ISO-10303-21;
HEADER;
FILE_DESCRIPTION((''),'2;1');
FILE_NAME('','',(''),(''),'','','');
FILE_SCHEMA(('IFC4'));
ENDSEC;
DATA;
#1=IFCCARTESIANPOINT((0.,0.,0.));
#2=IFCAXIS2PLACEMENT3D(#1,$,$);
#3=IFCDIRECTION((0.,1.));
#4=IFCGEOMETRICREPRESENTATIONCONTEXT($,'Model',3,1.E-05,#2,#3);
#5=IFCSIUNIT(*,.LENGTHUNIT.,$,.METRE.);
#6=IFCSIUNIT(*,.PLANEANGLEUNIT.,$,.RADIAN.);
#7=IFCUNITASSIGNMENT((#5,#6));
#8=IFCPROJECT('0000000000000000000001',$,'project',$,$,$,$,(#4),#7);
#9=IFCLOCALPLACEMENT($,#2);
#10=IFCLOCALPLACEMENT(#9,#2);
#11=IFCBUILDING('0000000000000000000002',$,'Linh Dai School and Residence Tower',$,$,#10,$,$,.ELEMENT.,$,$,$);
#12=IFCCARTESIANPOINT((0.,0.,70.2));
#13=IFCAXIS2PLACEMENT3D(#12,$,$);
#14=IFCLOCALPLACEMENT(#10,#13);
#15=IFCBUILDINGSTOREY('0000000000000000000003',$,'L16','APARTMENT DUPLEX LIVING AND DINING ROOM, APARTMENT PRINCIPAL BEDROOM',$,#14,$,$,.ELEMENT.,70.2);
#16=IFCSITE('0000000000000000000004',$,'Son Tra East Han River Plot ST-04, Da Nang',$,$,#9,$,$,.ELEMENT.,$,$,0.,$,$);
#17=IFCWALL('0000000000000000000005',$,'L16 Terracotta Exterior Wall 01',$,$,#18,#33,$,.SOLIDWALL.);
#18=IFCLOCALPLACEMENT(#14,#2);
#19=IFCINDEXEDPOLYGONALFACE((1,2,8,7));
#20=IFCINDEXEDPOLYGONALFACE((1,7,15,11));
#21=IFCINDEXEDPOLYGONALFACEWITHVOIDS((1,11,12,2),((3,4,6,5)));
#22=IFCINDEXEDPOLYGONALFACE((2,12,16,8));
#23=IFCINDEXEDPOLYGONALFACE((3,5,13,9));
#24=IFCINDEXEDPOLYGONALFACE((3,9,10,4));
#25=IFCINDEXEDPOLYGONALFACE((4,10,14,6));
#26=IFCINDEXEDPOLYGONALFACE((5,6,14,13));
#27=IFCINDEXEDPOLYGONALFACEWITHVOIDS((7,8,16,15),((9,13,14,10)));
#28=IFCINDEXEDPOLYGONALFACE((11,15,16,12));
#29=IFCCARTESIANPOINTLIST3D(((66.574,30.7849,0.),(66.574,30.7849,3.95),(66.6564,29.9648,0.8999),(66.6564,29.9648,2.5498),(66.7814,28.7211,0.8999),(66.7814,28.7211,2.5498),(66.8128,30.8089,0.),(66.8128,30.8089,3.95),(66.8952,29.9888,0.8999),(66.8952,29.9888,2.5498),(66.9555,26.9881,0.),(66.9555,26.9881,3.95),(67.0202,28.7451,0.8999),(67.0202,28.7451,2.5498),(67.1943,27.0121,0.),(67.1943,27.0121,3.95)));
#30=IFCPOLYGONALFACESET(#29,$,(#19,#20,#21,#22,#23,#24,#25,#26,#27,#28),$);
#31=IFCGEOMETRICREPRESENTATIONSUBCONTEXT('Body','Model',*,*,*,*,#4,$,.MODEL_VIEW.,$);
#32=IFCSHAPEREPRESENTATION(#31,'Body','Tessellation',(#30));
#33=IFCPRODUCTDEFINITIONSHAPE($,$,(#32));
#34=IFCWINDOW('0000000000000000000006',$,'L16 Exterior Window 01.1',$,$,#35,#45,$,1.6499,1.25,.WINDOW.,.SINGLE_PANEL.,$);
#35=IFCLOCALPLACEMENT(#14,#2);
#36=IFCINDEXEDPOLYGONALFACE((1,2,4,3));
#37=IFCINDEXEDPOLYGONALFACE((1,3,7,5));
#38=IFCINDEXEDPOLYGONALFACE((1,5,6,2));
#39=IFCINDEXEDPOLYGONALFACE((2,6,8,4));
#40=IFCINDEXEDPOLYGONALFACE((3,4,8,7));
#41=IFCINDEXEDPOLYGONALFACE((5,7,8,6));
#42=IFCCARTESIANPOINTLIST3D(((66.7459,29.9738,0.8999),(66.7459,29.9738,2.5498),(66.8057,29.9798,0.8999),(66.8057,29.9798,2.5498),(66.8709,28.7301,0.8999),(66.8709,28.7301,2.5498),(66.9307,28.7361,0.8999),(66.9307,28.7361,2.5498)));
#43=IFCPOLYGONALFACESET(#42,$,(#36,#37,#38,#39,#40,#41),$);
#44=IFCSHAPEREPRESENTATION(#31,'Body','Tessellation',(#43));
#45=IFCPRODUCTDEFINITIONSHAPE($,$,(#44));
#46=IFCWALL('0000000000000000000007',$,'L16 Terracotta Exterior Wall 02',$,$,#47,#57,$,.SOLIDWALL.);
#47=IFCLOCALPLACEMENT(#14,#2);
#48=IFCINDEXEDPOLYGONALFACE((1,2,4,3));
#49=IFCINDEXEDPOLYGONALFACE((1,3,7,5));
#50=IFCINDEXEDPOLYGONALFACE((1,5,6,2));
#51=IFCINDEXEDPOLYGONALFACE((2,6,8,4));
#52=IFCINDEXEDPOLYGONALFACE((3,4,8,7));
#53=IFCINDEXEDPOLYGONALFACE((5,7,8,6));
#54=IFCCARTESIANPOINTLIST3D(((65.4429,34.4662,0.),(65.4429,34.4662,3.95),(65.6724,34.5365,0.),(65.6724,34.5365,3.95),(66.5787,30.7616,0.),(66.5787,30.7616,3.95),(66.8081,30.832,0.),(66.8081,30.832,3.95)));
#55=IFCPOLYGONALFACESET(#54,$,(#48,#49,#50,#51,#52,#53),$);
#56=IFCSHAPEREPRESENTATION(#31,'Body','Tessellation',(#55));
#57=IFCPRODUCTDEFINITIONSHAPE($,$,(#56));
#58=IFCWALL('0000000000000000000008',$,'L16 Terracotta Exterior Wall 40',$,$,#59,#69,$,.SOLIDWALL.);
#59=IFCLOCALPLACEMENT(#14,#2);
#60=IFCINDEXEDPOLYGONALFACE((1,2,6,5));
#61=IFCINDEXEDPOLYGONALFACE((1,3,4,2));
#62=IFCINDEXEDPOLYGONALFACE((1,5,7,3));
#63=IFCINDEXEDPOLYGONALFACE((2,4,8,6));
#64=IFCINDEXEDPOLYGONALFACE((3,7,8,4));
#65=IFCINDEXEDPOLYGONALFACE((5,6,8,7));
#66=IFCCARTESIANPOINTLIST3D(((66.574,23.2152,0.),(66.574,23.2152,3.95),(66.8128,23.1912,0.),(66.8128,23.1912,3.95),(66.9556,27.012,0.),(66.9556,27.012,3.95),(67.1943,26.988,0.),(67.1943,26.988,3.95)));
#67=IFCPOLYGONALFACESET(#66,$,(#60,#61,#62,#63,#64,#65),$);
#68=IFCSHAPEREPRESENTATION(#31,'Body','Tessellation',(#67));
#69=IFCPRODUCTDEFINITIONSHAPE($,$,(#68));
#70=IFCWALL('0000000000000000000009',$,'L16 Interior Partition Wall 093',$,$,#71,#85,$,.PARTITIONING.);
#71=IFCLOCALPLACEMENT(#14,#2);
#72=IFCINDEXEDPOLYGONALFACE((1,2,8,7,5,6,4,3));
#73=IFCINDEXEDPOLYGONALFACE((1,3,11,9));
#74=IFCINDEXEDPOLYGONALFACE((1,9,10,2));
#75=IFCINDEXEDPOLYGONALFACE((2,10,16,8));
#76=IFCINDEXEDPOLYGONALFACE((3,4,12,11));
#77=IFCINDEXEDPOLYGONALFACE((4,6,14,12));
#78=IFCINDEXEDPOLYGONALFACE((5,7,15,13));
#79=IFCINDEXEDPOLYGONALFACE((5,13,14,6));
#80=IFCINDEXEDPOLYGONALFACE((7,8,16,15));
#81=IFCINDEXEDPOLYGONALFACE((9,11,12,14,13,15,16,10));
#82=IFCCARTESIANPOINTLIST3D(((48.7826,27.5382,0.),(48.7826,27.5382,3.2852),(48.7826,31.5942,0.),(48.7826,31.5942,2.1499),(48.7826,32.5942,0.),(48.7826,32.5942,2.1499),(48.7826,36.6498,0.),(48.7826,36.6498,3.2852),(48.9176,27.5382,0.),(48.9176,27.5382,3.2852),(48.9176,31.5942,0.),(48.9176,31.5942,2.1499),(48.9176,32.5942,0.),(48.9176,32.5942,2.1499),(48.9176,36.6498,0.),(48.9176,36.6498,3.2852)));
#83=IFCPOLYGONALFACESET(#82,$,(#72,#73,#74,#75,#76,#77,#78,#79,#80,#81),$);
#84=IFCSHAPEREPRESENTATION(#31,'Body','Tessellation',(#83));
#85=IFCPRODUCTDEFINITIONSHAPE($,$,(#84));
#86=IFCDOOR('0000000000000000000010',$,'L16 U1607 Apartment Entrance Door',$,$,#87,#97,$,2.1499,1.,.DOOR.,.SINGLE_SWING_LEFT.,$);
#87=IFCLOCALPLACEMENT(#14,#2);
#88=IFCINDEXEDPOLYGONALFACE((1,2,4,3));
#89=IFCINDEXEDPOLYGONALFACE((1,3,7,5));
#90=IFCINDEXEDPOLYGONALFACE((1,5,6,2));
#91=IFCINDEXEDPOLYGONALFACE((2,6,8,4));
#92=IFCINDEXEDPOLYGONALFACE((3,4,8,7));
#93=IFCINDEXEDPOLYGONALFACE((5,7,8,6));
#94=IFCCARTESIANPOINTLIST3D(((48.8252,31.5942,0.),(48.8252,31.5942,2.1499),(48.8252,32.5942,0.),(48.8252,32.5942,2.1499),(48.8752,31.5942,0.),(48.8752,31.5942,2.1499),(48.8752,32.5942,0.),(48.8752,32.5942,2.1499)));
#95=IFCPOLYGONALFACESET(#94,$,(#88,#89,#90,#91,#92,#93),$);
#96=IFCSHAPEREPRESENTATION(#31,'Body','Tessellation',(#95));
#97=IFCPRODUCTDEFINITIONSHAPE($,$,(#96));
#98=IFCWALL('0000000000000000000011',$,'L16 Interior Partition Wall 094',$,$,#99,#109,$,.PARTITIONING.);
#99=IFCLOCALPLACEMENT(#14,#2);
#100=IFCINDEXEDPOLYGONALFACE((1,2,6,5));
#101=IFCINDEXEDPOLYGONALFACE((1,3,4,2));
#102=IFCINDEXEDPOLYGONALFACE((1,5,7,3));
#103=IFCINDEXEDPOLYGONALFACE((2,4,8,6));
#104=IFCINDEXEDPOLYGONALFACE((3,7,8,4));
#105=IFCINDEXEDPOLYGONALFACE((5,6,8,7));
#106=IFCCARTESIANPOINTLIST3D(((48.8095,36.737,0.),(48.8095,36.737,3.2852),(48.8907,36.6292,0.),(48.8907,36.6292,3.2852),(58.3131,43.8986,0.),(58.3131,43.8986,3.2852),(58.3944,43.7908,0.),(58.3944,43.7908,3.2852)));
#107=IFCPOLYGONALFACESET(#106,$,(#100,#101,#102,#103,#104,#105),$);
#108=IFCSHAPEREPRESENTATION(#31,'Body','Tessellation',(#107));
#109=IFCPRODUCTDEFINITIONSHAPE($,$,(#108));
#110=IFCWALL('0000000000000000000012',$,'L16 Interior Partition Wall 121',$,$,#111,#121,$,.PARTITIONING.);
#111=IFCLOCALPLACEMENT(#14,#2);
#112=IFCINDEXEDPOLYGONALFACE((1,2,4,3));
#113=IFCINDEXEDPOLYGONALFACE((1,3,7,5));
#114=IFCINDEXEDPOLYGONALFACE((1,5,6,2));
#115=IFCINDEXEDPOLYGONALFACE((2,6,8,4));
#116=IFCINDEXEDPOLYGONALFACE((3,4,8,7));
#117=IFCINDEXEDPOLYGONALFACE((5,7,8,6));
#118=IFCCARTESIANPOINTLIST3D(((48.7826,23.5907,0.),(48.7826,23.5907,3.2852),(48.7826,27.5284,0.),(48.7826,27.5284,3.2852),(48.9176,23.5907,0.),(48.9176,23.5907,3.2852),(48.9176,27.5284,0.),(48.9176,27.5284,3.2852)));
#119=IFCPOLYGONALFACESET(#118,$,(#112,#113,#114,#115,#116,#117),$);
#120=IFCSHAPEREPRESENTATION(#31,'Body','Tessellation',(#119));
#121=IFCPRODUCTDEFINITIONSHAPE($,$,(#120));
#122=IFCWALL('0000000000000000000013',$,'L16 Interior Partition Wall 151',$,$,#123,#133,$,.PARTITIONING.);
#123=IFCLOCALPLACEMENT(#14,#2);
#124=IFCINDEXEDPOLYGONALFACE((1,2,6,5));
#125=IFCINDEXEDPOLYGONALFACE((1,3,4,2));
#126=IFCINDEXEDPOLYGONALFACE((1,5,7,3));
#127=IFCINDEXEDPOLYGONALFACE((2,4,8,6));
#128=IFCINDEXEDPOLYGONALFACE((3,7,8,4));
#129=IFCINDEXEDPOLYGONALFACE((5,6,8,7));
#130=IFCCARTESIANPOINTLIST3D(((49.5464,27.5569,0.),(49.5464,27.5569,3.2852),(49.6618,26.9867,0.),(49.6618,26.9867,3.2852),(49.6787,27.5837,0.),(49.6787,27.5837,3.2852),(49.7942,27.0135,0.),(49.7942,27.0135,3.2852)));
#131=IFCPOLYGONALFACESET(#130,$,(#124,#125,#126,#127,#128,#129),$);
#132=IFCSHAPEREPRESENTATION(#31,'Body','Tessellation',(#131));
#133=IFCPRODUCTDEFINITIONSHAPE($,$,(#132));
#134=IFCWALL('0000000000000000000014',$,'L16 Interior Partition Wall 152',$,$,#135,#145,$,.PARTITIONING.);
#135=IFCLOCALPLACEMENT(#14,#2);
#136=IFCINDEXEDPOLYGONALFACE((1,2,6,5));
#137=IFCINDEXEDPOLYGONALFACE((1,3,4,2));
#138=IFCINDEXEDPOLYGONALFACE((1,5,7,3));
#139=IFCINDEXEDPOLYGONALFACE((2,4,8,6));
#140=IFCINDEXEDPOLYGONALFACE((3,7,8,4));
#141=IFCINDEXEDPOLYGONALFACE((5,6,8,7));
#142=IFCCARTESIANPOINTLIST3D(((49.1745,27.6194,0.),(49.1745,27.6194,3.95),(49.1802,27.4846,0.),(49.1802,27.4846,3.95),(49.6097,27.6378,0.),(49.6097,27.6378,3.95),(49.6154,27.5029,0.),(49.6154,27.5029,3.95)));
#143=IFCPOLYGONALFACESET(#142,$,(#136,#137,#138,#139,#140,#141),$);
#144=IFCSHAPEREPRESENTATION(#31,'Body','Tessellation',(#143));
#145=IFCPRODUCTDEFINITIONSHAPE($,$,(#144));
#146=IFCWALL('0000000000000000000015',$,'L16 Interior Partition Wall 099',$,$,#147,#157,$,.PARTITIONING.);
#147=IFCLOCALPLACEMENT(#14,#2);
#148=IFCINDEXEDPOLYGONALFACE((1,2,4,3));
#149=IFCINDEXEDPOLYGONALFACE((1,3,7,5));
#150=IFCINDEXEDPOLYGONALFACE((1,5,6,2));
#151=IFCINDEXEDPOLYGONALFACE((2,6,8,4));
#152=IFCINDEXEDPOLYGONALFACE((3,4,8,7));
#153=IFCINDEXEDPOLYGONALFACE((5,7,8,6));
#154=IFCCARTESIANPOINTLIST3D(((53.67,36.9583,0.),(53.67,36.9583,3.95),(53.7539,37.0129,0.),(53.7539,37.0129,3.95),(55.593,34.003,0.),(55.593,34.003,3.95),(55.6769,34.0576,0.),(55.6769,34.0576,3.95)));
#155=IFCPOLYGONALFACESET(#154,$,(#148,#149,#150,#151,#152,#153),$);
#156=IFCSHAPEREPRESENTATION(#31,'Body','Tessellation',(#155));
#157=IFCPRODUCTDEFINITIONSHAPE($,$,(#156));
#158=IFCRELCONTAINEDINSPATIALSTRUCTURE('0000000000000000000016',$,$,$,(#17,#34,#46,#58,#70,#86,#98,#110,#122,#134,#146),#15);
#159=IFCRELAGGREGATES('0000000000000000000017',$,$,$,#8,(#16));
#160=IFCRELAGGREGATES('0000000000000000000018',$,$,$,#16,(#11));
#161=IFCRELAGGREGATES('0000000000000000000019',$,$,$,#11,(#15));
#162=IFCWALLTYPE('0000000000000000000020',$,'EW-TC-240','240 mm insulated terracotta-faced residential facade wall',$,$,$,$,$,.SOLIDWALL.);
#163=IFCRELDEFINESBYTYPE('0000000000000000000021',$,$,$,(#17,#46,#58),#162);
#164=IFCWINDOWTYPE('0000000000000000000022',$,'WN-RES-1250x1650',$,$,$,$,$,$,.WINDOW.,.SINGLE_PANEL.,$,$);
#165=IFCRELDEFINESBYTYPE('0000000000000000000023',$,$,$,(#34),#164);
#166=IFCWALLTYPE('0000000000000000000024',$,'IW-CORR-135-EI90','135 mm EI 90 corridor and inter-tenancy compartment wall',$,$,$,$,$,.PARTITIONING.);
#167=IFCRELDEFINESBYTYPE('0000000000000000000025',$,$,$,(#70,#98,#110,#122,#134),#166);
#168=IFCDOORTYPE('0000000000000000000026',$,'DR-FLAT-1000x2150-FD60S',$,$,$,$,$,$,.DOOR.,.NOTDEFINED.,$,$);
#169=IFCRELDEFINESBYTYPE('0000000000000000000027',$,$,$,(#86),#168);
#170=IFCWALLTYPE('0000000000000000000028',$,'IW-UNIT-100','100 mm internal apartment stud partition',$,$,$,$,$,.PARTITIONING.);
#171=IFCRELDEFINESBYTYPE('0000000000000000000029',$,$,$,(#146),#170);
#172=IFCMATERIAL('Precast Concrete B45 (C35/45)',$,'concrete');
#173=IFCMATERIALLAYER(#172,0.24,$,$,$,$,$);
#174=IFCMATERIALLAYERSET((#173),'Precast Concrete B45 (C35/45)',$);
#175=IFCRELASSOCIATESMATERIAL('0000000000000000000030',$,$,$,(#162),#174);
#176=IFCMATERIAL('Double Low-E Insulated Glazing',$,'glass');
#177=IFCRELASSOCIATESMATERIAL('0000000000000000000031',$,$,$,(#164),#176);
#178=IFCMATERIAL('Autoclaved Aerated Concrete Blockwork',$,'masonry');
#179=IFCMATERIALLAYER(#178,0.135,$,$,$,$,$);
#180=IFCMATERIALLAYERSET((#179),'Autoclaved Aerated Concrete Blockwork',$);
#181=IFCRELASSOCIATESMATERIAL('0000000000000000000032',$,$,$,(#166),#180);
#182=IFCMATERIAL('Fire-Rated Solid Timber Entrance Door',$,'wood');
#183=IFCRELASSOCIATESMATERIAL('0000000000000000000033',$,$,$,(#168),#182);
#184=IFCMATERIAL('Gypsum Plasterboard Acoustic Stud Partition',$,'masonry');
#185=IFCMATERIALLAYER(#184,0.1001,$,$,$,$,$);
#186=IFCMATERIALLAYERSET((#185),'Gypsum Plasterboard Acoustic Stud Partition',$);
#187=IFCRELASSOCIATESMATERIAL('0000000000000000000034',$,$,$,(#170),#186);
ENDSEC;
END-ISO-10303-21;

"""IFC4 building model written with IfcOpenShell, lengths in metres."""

from ifc_helpers import new_model, si_unit, direction, frame, frame_2d, origin, origin_2d, place, context, subcontext, project, spatial, rectangle, extrude, source, transform, mapped, material, layer, layer_set, type_object, element, fill, save


model = new_model("IFC4")

# Units and contexts
model_context = context("Model", 3, precision=1e-05, world=origin(), true_north=direction((0.0, 1.0)))
body_context = subcontext(model_context, "Body", "Model", "MODEL_VIEW")
ifc_project = project(units=[si_unit("LENGTHUNIT", "METRE"), si_unit("PLANEANGLEUNIT", "RADIAN")], contexts=[model_context])

# Site, building, storey
site_placement = place(None, origin())
site = spatial("IfcSite", under=ifc_project, at=site_placement, Name="Son Tra East Han River Plot ST-04, Da Nang", CompositionType="ELEMENT", RefElevation=0.0)
building_placement = place(site_placement, origin())
building = spatial("IfcBuilding", under=site, at=building_placement, Name="Linh Dai School and Residence Tower", CompositionType="ELEMENT")
storey_placement = place(building_placement, frame((0.0, 0.0, 70.2)))
storey = spatial("IfcBuildingStorey", under=building, at=storey_placement, Name="L16", Description="APARTMENT DUPLEX LIVING AND DINING ROOM, APARTMENT PRINCIPAL BEDROOM", CompositionType="ELEMENT", Elevation=70.2)

# Shared definitions
ifc_material_1 = material(Name="Precast Concrete B45 (C35/45)", Category="concrete")

# Wall, opening, window
ifc_layer_1 = layer(ifc_material_1, 0.24)
ifc_layer_set_1 = layer_set([ifc_layer_1], Name="Precast Concrete B45 (C35/45)")
wall_type_1 = type_object("IfcWallType", Name="EW-TC-240", Description="240 mm insulated terracotta-faced residential facade wall", PredefinedType="SOLIDWALL", material=ifc_layer_set_1)
wall_1_placement = place(storey_placement, frame((66.6934, 30.7969, 0.0), z_axis=(0.0, 0.0, 1.0), x_axis=(0.099998, -0.994988, 0.0)))
wall_1 = element("IfcWall", 1, at=wall_1_placement, inside=storey, type_object=wall_type_1, Name="L16 Terracotta Exterior Wall 01", PredefinedType="SOLIDWALL", context=body_context, shape_type="SweptSolid", body=[
    extrude(rectangle(XDim=3.8159, YDim=0.24, at=frame_2d((1.908, 0.0))), origin(), (0.0, 0.0, 1.0), 3.95),
])
opening_1_placement = place(wall_1_placement, frame((0.8242, 0.0, 0.8999)))
opening_1 = element("IfcOpeningElement", 2, at=opening_1_placement, cuts=wall_1, PredefinedType="OPENING", context=body_context, shape_type="SweptSolid", body=[
    extrude(rectangle(XDim=1.25, YDim=1.6499, at=origin_2d()), frame((0.625, 0.1299, 0.825), z_axis=(0.0, -1.0, 0.0), x_axis=(1.0, 0.0, 0.0)), (0.0, 0.0, 1.0), 0.26),
])
ifc_material_2 = material(Name="Double Low-E Insulated Glazing", Category="glass")
window_type = type_object("IfcWindowType", Name="WN-RES-1250x1650", PartitioningType="SINGLE_PANEL", PredefinedType="WINDOW", material=ifc_material_2)
shared_shape_1 = source(origin(), body_context, "Body", "SweptSolid", [
    extrude(rectangle(XDim=1.25, YDim=1.6499, at=origin_2d()), frame((0.625, 0.03, 0.825), z_axis=(0.0, -1.0, 0.0), x_axis=(1.0, 0.0, 0.0)), (0.0, 0.0, 1.0), 0.0601),
])
window_placement = place(opening_1_placement, origin())
window = element("IfcWindow", 3, at=window_placement, inside=storey, type_object=window_type, Name="L16 Exterior Window 01.1", OverallHeight=1.6499, OverallWidth=1.25, PartitioningType="SINGLE_PANEL", PredefinedType="WINDOW", context=body_context, shape_type="MappedRepresentation", body=[
    mapped(shared_shape_1, transform((0.0, 0.0, 0.0), x_axis=(1.0, 0.0, 0.0), y_axis=(0.0, 1.0, 0.0), z_axis=(0.0, 0.0, 1.0), scale=1.0)),
])
fill(opening_1, window)

# Walls
wall_2_placement = place(storey_placement, frame((65.5576, 34.5015, 0.0), z_axis=(0.0, 0.0, 1.0), x_axis=(0.293112, -0.956078, 0.0)))
element("IfcWall", 4, at=wall_2_placement, inside=storey, type_object=wall_type_1, Name="L16 Terracotta Exterior Wall 02", PredefinedType="SOLIDWALL", context=body_context, shape_type="SweptSolid", body=[
    extrude(rectangle(XDim=3.8748, YDim=0.24, at=frame_2d((1.9375, 0.0))), origin(), (0.0, 0.0, 1.0), 3.95),
])
wall_3_placement = place(storey_placement, frame((67.075, 27.0, 0.0), z_axis=(0.0, 0.0, 1.0), x_axis=(-0.099998, -0.994988, 0.0)))
element("IfcWall", 5, at=wall_3_placement, inside=storey, type_object=wall_type_1, Name="L16 Terracotta Exterior Wall 40", PredefinedType="SOLIDWALL", context=body_context, shape_type="SweptSolid", body=[
    extrude(rectangle(XDim=3.8159, YDim=0.24, at=frame_2d((1.908, 0.0))), origin(), (0.0, 0.0, 1.0), 3.95),
])

# Wall, opening, door
ifc_material_3 = material(Name="Autoclaved Aerated Concrete Blockwork", Category="masonry")
ifc_layer_2 = layer(ifc_material_3, 0.135)
ifc_layer_set_2 = layer_set([ifc_layer_2], Name="Autoclaved Aerated Concrete Blockwork")
wall_type_2 = type_object("IfcWallType", Name="IW-CORR-135-EI90", Description="135 mm EI 90 corridor and inter-tenancy compartment wall", PredefinedType="PARTITIONING", material=ifc_layer_set_2)
wall_4_placement = place(storey_placement, frame((48.8501, 27.5383, 0.0), z_axis=(0.0, 0.0, 1.0), x_axis=(0.0, 1.0, 0.0)))
wall_4 = element("IfcWall", 6, at=wall_4_placement, inside=storey, type_object=wall_type_2, Name="L16 Interior Partition Wall 093", PredefinedType="PARTITIONING", context=body_context, shape_type="SweptSolid", body=[
    extrude(rectangle(XDim=9.1116, YDim=0.135, at=frame_2d((4.5557, 0.0))), origin(), (0.0, 0.0, 1.0), 3.2852),
])
opening_2_placement = place(wall_4_placement, frame((4.0559, 0.0, 0.0)))
opening_2 = element("IfcOpeningElement", 7, at=opening_2_placement, cuts=wall_4, PredefinedType="OPENING", context=body_context, shape_type="SweptSolid", body=[
    extrude(rectangle(XDim=1.0, YDim=2.1499, at=origin_2d()), frame((0.5, 0.0776, 1.075), z_axis=(0.0, -1.0, 0.0), x_axis=(1.0, 0.0, 0.0)), (0.0, 0.0, 1.0), 0.155),
])
ifc_material_4 = material(Name="Fire-Rated Solid Timber Entrance Door", Category="wood")
door_type_1 = type_object("IfcDoorType", Name="DR-FLAT-1000x2150-FD60S", OperationType="NOTDEFINED", PredefinedType="DOOR", material=ifc_material_4)
shared_shape_2 = source(origin(), body_context, "Body", "SweptSolid", [
    extrude(rectangle(XDim=1.0, YDim=2.1499, at=origin_2d()), frame((0.5, 0.0249, 1.075), z_axis=(0.0, -1.0, 0.0), x_axis=(1.0, 0.0, 0.0)), (0.0, 0.0, 1.0), 0.05),
])
door_1_placement = place(opening_2_placement, origin())
door_1 = element("IfcDoor", 8, at=door_1_placement, inside=storey, type_object=door_type_1, Name="L16 U1607 Apartment Entrance Door", OperationType="SINGLE_SWING_LEFT", OverallHeight=2.1499, OverallWidth=1.0, PredefinedType="DOOR", context=body_context, shape_type="MappedRepresentation", body=[
    mapped(shared_shape_2, transform((0.0, 0.0, 0.0), x_axis=(1.0, 0.0, 0.0), y_axis=(0.0, 1.0, 0.0), z_axis=(0.0, 0.0, 1.0), scale=1.0)),
])
fill(opening_2, door_1)

# Walls
wall_5_placement = place(storey_placement, frame((48.8501, 36.6831, 0.0), z_axis=(0.0, 0.0, 1.0), x_axis=(0.798632, 0.60182, 0.0)))
element("IfcWall", 9, at=wall_5_placement, inside=storey, type_object=wall_type_2, Name="L16 Interior Partition Wall 094", PredefinedType="PARTITIONING", context=body_context, shape_type="SweptSolid", body=[
    extrude(rectangle(XDim=11.8999, YDim=0.135, at=frame_2d((5.95, 0.0))), origin(), (0.0, 0.0, 1.0), 3.2852),
])
wall_6_placement = place(storey_placement, frame((48.8501, 27.5283, 0.0), z_axis=(0.0, 0.0, 1.0), x_axis=(0.0, -1.0, 0.0)))
element("IfcWall", 10, at=wall_6_placement, inside=storey, type_object=wall_type_2, Name="L16 Interior Partition Wall 121", PredefinedType="PARTITIONING", context=body_context, shape_type="SweptSolid", body=[
    extrude(rectangle(XDim=3.9377, YDim=0.135, at=frame_2d((1.9688, 0.0))), origin(), (0.0, 0.0, 1.0), 3.2852),
])
wall_7_placement = place(storey_placement, frame((49.728, 27.0, 0.0), z_axis=(0.0, 0.0, 1.0), x_axis=(-0.198455, 0.98011, 0.0)))
element("IfcWall", 11, at=wall_7_placement, inside=storey, type_object=wall_type_2, Name="L16 Interior Partition Wall 151", PredefinedType="PARTITIONING", context=body_context, shape_type="SweptSolid", body=[
    extrude(rectangle(XDim=0.5818, YDim=0.135, at=frame_2d((0.291, 0.0))), origin(), (0.0, 0.0, 1.0), 3.2852),
])
wall_8_placement = place(storey_placement, frame((49.6125, 27.5703, 0.0), z_axis=(0.0, 0.0, 1.0), x_axis=(-0.999115, -0.04205, 0.0)))
element("IfcWall", 12, at=wall_8_placement, inside=storey, type_object=wall_type_2, Name="L16 Interior Partition Wall 152", PredefinedType="PARTITIONING", context=body_context, shape_type="SweptSolid", body=[
    extrude(rectangle(XDim=0.4355, YDim=0.135, at=frame_2d((0.2178, 0.0))), origin(), (0.0, 0.0, 1.0), 3.95),
])
ifc_material_5 = material(Name="Gypsum Plasterboard Acoustic Stud Partition", Category="masonry")
ifc_layer_3 = layer(ifc_material_5, 0.1001)
ifc_layer_set_3 = layer_set([ifc_layer_3], Name="Gypsum Plasterboard Acoustic Stud Partition")
wall_type_3 = type_object("IfcWallType", Name="IW-UNIT-100", Description="100 mm internal apartment stud partition", PredefinedType="PARTITIONING", material=ifc_layer_set_3)
wall_9_placement = place(storey_placement, frame((53.7119, 36.9856, 0.0), z_axis=(0.0, 0.0, 1.0), x_axis=(0.545414, -0.838167, 0.0)))
element("IfcWall", 13, at=wall_9_placement, inside=storey, type_object=wall_type_3, Name="L16 Interior Partition Wall 099", PredefinedType="PARTITIONING", context=body_context, shape_type="SweptSolid", body=[
    extrude(rectangle(XDim=3.5259, YDim=0.1001, at=frame_2d((1.7629, 0.0))), origin(), (0.0, 0.0, 1.0), 3.95),
])

save(model, "model.ifc")
